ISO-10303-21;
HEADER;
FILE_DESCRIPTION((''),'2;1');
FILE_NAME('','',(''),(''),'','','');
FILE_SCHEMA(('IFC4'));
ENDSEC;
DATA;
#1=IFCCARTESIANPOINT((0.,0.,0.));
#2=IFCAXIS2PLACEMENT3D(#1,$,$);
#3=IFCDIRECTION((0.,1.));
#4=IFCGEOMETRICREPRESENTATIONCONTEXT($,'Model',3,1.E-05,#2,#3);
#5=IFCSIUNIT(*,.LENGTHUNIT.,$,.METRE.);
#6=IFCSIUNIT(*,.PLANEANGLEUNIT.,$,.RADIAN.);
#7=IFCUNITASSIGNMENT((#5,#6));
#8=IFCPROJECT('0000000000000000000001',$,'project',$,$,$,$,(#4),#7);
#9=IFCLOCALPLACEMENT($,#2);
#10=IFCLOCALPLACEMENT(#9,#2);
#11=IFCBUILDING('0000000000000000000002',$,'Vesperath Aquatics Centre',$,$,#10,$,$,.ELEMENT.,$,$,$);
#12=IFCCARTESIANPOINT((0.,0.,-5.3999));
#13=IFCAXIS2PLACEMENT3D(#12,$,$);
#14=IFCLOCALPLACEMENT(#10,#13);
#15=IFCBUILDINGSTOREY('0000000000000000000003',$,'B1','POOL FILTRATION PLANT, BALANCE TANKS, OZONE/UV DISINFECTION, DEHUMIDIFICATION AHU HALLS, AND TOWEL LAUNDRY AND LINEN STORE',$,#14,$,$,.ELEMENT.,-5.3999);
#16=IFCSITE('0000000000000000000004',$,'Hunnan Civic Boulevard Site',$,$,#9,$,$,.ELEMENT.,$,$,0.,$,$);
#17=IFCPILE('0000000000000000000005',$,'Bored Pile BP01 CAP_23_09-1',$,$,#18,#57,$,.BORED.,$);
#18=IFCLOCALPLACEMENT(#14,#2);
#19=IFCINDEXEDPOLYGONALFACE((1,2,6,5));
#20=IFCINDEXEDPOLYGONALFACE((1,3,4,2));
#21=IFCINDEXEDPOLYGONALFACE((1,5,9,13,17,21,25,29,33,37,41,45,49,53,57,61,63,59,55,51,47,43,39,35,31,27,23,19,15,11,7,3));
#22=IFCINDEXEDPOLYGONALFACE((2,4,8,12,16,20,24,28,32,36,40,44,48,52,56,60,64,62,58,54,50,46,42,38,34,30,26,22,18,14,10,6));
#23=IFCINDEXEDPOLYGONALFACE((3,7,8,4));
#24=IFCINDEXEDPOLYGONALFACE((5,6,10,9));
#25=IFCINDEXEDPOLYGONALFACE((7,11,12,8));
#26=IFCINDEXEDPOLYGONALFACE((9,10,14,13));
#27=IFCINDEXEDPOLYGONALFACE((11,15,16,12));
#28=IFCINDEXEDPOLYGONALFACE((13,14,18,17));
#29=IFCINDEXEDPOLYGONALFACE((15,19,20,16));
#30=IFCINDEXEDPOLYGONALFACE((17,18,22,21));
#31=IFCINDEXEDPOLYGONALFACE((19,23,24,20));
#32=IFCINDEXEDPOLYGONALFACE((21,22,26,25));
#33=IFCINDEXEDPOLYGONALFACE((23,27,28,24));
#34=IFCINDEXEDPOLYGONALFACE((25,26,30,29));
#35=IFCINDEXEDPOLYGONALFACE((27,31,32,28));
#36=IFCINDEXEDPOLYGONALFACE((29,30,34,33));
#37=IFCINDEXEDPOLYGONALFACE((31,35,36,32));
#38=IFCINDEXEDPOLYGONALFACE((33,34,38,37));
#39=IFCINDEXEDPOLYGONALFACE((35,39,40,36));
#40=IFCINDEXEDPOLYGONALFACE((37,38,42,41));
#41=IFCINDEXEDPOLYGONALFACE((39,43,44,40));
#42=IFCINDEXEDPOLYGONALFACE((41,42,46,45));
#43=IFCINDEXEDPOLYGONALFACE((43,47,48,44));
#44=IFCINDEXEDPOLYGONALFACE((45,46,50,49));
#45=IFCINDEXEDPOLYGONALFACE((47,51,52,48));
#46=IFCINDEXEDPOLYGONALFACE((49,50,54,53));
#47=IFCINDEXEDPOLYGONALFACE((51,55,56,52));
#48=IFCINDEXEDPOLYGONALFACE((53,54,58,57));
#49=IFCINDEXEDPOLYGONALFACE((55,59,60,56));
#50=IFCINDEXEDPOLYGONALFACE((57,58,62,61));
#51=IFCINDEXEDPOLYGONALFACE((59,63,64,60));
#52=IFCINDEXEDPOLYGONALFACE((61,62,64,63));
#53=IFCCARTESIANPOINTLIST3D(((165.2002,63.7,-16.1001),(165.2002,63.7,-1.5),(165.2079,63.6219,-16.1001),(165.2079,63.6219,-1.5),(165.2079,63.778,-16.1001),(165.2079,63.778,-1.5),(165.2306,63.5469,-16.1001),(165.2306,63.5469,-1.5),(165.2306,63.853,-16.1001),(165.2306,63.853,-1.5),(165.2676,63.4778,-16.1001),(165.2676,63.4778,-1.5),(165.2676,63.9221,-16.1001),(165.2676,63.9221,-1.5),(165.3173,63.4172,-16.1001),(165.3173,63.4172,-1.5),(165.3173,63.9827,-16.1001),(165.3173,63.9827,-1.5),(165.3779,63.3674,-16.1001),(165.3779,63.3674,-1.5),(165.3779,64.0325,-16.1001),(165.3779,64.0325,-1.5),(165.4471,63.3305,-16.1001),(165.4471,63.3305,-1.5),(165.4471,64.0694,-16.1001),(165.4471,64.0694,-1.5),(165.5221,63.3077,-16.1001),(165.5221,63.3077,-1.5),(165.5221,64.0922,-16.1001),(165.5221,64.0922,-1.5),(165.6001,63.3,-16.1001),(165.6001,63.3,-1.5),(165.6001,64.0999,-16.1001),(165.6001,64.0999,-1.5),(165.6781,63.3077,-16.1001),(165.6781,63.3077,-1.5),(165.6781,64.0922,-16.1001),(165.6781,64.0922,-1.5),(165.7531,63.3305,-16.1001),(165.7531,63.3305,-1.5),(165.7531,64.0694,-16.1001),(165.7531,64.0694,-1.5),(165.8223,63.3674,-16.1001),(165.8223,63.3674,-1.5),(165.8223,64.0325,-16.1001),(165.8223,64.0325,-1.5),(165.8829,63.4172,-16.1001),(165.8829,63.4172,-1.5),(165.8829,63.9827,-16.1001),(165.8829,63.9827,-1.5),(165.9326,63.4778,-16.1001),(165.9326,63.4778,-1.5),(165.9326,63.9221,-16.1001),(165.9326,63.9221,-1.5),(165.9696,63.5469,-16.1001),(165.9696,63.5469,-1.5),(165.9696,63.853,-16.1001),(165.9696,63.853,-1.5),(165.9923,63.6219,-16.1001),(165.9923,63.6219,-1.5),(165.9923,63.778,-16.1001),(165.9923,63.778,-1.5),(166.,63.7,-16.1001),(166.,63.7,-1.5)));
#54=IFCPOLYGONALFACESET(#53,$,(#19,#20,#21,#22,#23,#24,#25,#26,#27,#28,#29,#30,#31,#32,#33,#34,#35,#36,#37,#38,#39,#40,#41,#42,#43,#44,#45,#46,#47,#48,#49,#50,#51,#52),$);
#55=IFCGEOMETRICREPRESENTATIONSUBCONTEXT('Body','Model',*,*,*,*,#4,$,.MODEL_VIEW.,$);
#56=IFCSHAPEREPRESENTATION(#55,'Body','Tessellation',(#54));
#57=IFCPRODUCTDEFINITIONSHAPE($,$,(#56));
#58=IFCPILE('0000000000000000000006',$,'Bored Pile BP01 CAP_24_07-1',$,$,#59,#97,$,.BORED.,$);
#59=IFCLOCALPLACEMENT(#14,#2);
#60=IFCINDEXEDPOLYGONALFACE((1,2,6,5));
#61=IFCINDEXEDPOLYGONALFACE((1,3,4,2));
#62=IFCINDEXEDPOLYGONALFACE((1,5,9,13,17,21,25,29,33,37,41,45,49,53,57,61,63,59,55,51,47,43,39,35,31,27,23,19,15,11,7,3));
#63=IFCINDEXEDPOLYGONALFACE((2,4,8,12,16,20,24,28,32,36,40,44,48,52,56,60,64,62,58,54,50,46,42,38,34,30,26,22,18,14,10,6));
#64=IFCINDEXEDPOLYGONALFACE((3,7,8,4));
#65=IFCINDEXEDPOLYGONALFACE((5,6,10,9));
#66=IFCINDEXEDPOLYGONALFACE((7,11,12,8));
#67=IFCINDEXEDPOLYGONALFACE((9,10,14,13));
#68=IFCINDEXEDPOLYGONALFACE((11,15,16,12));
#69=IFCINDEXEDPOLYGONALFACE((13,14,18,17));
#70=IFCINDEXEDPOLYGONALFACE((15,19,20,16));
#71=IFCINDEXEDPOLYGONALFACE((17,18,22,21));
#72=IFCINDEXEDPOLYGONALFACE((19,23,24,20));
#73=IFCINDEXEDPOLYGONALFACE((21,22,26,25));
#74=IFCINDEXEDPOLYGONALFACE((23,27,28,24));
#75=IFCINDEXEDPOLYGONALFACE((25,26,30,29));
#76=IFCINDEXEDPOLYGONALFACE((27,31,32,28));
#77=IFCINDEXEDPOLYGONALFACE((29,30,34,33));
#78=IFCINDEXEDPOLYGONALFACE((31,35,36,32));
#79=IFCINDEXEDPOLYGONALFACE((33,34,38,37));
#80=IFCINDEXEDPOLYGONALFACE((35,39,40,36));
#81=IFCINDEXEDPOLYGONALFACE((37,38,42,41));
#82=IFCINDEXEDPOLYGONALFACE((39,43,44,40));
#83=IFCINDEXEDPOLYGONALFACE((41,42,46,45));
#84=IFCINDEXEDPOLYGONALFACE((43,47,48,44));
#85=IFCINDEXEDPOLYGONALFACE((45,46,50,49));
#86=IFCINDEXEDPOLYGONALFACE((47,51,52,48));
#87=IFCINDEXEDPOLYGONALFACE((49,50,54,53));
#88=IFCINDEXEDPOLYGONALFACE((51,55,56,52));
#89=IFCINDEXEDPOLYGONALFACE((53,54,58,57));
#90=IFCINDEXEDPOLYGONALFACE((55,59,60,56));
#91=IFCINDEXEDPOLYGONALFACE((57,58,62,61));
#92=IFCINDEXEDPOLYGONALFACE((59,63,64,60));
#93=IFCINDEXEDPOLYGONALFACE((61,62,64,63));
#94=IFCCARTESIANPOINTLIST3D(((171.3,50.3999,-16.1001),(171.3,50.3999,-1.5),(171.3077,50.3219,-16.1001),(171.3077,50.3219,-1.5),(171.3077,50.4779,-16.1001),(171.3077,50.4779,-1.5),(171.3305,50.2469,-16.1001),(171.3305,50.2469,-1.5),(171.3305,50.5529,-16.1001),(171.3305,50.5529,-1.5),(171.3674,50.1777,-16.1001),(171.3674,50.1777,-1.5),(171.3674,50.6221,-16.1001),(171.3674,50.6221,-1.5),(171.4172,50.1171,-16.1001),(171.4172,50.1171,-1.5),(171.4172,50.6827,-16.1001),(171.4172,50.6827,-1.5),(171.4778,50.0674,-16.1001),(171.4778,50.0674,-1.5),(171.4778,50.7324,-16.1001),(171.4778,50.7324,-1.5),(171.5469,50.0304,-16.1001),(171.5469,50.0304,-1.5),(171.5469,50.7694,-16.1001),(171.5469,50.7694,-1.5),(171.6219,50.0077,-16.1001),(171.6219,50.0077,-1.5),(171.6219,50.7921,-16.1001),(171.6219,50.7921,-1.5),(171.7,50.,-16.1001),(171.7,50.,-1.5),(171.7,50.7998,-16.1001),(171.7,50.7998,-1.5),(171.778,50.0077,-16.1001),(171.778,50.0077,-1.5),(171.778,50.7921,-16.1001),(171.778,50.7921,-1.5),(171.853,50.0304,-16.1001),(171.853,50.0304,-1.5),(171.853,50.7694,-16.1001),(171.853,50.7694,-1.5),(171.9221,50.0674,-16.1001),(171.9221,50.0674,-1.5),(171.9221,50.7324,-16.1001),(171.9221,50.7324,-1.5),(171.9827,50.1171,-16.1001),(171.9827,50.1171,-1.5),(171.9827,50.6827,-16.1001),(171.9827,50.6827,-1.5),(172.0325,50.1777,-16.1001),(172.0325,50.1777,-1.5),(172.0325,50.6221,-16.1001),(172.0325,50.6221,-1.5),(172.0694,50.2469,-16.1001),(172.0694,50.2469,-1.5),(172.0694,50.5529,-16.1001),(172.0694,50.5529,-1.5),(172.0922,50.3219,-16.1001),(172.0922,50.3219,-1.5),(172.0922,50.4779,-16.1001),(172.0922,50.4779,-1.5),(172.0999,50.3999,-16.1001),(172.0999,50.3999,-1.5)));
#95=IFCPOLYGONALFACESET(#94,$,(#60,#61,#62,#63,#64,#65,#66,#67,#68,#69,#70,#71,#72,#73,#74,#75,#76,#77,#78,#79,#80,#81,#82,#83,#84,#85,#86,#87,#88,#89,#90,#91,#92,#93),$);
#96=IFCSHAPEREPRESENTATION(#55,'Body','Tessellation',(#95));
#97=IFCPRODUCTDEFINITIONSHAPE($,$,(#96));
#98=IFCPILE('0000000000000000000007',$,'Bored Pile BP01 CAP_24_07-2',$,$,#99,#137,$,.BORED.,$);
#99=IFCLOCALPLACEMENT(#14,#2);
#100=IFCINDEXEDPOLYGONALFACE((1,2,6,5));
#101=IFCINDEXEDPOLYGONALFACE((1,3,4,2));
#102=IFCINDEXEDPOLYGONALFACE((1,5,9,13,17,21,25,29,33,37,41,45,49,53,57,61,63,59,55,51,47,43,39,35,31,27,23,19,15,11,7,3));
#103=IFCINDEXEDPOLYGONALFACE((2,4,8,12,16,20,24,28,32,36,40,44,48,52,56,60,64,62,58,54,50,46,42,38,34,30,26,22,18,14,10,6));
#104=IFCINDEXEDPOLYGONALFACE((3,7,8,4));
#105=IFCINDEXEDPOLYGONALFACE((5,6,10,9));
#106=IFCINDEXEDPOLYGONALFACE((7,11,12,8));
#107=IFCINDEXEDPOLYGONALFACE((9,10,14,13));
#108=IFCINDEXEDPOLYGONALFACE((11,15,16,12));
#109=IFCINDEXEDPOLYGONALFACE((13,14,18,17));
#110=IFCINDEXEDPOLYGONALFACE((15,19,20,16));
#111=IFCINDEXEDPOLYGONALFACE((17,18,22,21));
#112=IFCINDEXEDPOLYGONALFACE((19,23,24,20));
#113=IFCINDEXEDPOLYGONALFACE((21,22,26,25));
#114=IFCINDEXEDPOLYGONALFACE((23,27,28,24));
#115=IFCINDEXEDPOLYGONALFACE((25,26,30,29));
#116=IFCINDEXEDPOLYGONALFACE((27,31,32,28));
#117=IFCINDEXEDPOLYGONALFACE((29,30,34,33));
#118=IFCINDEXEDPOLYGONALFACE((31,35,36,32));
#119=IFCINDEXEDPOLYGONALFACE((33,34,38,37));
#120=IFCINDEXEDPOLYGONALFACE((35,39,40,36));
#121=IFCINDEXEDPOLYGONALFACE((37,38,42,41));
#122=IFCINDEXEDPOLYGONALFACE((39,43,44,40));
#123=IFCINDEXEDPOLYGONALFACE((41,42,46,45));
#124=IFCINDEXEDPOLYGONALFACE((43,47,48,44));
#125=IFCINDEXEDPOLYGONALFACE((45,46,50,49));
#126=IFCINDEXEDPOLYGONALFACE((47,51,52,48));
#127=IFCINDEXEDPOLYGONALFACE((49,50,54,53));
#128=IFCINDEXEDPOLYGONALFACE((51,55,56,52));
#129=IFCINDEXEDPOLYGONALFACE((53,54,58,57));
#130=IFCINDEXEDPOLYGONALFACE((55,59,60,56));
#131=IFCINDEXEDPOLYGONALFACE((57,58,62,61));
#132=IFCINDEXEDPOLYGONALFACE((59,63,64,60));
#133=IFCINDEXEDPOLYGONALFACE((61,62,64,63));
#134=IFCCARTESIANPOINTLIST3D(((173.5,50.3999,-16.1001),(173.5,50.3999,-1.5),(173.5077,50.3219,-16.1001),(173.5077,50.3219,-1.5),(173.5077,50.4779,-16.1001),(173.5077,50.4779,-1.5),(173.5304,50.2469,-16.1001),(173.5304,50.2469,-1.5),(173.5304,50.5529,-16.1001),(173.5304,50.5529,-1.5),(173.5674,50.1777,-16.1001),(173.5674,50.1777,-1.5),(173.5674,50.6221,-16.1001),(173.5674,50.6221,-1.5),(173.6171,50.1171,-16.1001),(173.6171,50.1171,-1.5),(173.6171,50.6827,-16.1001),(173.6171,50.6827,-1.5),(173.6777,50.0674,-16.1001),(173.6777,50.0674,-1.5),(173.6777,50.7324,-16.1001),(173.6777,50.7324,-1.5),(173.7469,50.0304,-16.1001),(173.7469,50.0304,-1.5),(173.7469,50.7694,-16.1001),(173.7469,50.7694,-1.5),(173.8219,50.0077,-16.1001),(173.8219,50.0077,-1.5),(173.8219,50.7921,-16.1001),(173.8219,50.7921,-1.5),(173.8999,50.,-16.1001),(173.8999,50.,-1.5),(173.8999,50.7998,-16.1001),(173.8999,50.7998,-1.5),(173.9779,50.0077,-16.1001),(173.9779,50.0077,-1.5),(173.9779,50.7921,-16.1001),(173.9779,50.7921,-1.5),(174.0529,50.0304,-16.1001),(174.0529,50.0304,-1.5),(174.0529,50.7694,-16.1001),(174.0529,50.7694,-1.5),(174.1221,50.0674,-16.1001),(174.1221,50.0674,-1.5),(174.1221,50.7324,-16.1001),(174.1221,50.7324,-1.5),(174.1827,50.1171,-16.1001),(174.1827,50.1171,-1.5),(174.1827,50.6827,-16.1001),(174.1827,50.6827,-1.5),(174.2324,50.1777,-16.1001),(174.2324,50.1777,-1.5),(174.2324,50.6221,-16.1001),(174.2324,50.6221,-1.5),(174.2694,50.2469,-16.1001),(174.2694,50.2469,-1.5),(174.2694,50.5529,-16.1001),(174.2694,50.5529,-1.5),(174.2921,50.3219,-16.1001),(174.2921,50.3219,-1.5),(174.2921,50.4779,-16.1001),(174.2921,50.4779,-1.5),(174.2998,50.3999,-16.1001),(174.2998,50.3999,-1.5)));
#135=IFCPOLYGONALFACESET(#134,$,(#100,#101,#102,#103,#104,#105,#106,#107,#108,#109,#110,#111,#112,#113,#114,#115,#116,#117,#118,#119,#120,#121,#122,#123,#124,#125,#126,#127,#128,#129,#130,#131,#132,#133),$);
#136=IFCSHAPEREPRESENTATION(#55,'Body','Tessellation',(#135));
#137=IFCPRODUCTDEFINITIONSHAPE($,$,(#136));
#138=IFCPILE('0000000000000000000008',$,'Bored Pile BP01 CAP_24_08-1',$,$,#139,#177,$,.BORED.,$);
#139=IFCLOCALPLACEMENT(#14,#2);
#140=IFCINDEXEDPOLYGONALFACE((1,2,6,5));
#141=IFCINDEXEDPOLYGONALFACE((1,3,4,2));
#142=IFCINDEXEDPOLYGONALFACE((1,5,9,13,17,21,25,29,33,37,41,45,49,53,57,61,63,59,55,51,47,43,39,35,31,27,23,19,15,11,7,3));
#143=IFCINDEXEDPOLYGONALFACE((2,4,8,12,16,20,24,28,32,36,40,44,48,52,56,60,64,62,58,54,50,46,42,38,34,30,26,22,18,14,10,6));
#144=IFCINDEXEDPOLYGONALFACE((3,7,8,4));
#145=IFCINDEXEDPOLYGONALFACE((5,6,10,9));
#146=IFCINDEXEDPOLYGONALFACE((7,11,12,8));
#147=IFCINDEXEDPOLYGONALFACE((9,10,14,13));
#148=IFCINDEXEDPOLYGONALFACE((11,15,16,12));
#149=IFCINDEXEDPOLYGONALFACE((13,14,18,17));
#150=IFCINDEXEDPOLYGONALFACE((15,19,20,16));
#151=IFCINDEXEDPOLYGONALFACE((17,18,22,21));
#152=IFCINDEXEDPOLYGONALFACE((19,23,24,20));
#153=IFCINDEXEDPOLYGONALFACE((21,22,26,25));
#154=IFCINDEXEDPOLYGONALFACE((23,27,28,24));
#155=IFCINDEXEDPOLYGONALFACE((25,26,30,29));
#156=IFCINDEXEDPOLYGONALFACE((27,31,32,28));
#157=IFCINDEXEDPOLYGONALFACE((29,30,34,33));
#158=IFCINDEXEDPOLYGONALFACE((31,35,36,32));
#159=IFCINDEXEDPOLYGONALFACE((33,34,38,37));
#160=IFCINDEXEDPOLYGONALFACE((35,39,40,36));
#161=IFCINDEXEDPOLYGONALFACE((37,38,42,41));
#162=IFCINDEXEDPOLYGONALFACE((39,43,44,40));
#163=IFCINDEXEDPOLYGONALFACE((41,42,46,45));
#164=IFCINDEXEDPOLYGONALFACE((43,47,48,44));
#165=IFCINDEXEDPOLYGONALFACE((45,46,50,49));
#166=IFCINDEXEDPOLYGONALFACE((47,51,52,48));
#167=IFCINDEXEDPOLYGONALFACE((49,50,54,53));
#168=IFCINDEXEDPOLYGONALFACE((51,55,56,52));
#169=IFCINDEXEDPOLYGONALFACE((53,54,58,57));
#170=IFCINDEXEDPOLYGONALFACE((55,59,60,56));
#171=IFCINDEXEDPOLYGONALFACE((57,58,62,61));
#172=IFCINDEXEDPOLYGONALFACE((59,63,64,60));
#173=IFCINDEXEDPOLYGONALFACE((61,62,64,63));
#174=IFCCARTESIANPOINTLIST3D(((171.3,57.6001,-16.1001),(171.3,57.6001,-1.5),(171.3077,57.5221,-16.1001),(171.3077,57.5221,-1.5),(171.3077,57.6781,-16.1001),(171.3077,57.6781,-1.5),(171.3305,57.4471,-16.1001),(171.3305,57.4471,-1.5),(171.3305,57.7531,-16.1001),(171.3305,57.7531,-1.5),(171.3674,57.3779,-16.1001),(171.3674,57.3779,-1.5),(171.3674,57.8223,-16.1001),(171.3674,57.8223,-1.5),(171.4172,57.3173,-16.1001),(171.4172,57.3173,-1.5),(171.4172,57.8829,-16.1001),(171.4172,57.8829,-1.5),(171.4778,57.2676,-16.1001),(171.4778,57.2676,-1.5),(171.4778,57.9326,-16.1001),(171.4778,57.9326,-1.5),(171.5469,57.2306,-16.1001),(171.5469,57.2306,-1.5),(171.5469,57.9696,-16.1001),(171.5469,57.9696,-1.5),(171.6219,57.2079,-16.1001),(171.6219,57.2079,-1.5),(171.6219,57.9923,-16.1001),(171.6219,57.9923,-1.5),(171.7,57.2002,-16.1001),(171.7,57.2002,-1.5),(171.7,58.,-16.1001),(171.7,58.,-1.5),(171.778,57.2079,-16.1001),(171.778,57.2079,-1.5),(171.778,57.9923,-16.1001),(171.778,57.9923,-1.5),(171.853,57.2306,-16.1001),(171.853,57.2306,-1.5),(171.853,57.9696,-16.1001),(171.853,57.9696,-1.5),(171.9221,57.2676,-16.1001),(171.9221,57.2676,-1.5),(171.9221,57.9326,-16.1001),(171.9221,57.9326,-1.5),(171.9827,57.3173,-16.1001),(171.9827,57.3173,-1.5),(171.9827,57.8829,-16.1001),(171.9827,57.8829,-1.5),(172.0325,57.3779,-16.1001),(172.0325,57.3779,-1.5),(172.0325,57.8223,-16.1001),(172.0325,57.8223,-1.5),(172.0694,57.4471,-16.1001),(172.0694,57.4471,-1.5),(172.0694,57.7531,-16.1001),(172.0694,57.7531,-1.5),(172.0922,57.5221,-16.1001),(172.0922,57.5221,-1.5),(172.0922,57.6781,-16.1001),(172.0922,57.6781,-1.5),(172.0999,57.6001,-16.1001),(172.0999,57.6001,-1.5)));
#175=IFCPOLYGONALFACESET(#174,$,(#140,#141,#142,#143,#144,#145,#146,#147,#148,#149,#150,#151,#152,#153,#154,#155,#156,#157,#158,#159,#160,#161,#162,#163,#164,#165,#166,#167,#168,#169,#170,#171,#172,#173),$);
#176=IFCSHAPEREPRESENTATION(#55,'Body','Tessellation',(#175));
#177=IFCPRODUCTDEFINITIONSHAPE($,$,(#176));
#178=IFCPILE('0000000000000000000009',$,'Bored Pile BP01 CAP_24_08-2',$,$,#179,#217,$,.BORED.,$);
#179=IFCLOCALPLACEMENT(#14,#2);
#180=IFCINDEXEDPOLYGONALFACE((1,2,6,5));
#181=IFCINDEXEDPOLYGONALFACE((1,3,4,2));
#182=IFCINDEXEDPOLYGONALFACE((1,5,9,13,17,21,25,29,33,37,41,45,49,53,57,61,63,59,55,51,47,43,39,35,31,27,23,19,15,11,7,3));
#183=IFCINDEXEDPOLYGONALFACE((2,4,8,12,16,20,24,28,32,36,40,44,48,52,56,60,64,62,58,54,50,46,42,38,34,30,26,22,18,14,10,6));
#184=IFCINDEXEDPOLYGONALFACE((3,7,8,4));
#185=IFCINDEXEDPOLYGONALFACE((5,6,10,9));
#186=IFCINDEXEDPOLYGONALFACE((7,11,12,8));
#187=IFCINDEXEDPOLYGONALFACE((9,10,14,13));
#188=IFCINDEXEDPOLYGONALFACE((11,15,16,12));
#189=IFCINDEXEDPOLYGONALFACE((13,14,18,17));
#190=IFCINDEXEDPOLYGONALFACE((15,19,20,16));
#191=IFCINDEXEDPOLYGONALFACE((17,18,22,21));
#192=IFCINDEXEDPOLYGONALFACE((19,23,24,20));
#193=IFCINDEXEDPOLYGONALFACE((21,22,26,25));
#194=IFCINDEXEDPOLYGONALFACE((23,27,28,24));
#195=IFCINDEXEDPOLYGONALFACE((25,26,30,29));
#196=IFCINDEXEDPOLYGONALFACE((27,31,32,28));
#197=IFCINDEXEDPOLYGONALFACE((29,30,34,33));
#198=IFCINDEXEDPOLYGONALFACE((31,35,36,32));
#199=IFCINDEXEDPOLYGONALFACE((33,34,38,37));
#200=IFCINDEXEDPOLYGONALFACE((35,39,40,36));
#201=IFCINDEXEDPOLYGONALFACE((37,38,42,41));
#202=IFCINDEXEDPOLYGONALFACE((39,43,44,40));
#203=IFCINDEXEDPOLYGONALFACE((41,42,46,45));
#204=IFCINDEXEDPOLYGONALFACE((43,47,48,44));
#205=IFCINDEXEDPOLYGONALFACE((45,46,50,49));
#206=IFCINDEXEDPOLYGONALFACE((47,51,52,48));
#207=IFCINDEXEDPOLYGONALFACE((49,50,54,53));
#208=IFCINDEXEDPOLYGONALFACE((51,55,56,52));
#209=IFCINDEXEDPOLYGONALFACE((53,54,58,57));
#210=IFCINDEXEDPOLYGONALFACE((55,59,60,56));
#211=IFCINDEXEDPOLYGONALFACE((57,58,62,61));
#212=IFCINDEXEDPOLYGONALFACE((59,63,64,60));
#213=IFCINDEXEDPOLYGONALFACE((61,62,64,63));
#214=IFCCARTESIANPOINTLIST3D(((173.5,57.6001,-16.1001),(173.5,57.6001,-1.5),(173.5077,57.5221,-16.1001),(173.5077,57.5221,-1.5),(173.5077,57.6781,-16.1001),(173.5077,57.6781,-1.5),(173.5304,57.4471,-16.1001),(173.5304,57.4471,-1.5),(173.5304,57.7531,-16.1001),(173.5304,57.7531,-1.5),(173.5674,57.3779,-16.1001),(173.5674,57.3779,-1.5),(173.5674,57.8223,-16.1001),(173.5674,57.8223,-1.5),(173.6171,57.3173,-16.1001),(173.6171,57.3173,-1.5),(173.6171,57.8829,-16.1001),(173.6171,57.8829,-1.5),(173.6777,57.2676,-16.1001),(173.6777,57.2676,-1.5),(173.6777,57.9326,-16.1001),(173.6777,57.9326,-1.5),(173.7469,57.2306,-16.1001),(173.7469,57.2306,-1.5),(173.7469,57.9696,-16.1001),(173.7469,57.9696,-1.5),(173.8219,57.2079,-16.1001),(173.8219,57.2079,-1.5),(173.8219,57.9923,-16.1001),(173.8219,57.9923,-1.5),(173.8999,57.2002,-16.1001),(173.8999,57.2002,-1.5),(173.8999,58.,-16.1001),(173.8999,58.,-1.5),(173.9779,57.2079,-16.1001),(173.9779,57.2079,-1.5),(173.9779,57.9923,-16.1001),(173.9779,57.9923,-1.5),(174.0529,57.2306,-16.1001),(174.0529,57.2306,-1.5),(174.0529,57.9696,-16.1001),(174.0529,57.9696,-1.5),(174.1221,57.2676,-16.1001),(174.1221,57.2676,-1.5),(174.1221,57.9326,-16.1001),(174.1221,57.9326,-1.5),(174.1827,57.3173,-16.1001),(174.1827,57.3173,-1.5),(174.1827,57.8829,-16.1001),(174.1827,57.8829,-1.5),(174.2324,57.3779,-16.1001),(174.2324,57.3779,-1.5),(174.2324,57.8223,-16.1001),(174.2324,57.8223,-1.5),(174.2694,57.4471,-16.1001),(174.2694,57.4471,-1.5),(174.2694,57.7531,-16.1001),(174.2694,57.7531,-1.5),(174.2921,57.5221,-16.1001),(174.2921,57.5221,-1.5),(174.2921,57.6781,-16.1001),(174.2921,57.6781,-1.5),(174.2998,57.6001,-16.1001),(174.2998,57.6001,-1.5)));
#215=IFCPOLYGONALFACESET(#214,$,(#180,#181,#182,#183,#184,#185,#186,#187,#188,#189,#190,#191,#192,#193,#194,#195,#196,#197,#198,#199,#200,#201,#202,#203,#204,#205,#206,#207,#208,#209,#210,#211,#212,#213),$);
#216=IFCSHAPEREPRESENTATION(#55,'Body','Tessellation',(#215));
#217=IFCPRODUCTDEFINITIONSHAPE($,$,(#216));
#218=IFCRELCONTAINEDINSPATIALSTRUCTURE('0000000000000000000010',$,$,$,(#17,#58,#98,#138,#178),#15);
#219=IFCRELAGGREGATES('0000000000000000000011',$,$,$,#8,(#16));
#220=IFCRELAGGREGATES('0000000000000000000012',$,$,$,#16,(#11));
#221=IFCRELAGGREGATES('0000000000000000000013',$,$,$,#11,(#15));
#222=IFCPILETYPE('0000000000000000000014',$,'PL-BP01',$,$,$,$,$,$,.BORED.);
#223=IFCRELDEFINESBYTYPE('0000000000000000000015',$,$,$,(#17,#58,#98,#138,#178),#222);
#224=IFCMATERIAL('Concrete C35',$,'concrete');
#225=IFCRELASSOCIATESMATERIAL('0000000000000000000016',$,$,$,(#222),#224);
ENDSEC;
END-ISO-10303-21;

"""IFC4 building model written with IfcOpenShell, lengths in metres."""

from ifc_helpers import new_model, si_unit, direction, frame, origin, origin_2d, place, context, subcontext, project, spatial, circle, extrude, material, material_profile, profile_set, type_object, element, save


model = new_model("IFC4")

# Units and contexts
model_context = context("Model", 3, precision=1e-05, world=origin(), true_north=direction((0.0, 1.0)))
body_context = subcontext(model_context, "Body", "Model", "MODEL_VIEW")
ifc_project = project(units=[si_unit("LENGTHUNIT", "METRE"), si_unit("PLANEANGLEUNIT", "RADIAN")], contexts=[model_context])

# Site, building, storey
site_placement = place(None, origin())
site = spatial("IfcSite", under=ifc_project, at=site_placement, Name="Hunnan Civic Boulevard Site", CompositionType="ELEMENT", RefElevation=0.0)
building_placement = place(site_placement, origin())
building = spatial("IfcBuilding", under=site, at=building_placement, Name="Vesperath Aquatics Centre", CompositionType="ELEMENT")
storey_placement = place(building_placement, frame((0.0, 0.0, -5.3999)))
storey = spatial("IfcBuildingStorey", under=building, at=storey_placement, Name="B1", Description="POOL FILTRATION PLANT, BALANCE TANKS, OZONE/UV DISINFECTION, DEHUMIDIFICATION AHU HALLS, AND TOWEL LAUNDRY AND LINEN STORE", CompositionType="ELEMENT", Elevation=-5.3999)

# Piles
ifc_material_1 = material(Name="Concrete C35", Category="concrete")
ifc_material_profile_1 = material_profile(ifc_material_1, circle(Radius=0.3999, at=origin_2d()), Name="PILE D800")
ifc_profile_set_1 = profile_set([ifc_material_profile_1], Name="Concrete C35")
pile_type = type_object("IfcPileType", Name="PL-BP01", PredefinedType="BORED", material=ifc_profile_set_1)
for number, where, z_axis, x_axis, name in (
    (1, (165.6001, 63.7, -1.5), (0.0, 0.0, -1.0), (1.0, 0.0, 0.0), "Bored Pile BP01 CAP_23_09-1"),
    (2, (171.7, 50.3999, -1.5), (0.0, 0.0, -1.0), (1.0, 0.0, 0.0), "Bored Pile BP01 CAP_24_07-1"),
    (3, (173.8999, 50.3999, -1.5), (0.0, 0.0, -1.0), (1.0, 0.0, 0.0), "Bored Pile BP01 CAP_24_07-2"),
    (4, (171.7, 57.6001, -1.5), (0.0, 0.0, -1.0), (1.0, 0.0, 0.0), "Bored Pile BP01 CAP_24_08-1"),
    (5, (173.8999, 57.6001, -1.5), (0.0, 0.0, -1.0), (1.0, 0.0, 0.0), "Bored Pile BP01 CAP_24_08-2"),
):
    element("IfcPile", number, at=place(storey_placement, frame(where, z_axis=z_axis, x_axis=x_axis)), inside=storey, type_object=pile_type, Name=name, PredefinedType="BORED", context=body_context, shape_type="SweptSolid", body=[
        extrude(circle(Radius=0.3999, at=origin_2d()), origin(), (0.0, 0.0, 1.0), 14.6001),
    ])

save(model, "model.ifc")
